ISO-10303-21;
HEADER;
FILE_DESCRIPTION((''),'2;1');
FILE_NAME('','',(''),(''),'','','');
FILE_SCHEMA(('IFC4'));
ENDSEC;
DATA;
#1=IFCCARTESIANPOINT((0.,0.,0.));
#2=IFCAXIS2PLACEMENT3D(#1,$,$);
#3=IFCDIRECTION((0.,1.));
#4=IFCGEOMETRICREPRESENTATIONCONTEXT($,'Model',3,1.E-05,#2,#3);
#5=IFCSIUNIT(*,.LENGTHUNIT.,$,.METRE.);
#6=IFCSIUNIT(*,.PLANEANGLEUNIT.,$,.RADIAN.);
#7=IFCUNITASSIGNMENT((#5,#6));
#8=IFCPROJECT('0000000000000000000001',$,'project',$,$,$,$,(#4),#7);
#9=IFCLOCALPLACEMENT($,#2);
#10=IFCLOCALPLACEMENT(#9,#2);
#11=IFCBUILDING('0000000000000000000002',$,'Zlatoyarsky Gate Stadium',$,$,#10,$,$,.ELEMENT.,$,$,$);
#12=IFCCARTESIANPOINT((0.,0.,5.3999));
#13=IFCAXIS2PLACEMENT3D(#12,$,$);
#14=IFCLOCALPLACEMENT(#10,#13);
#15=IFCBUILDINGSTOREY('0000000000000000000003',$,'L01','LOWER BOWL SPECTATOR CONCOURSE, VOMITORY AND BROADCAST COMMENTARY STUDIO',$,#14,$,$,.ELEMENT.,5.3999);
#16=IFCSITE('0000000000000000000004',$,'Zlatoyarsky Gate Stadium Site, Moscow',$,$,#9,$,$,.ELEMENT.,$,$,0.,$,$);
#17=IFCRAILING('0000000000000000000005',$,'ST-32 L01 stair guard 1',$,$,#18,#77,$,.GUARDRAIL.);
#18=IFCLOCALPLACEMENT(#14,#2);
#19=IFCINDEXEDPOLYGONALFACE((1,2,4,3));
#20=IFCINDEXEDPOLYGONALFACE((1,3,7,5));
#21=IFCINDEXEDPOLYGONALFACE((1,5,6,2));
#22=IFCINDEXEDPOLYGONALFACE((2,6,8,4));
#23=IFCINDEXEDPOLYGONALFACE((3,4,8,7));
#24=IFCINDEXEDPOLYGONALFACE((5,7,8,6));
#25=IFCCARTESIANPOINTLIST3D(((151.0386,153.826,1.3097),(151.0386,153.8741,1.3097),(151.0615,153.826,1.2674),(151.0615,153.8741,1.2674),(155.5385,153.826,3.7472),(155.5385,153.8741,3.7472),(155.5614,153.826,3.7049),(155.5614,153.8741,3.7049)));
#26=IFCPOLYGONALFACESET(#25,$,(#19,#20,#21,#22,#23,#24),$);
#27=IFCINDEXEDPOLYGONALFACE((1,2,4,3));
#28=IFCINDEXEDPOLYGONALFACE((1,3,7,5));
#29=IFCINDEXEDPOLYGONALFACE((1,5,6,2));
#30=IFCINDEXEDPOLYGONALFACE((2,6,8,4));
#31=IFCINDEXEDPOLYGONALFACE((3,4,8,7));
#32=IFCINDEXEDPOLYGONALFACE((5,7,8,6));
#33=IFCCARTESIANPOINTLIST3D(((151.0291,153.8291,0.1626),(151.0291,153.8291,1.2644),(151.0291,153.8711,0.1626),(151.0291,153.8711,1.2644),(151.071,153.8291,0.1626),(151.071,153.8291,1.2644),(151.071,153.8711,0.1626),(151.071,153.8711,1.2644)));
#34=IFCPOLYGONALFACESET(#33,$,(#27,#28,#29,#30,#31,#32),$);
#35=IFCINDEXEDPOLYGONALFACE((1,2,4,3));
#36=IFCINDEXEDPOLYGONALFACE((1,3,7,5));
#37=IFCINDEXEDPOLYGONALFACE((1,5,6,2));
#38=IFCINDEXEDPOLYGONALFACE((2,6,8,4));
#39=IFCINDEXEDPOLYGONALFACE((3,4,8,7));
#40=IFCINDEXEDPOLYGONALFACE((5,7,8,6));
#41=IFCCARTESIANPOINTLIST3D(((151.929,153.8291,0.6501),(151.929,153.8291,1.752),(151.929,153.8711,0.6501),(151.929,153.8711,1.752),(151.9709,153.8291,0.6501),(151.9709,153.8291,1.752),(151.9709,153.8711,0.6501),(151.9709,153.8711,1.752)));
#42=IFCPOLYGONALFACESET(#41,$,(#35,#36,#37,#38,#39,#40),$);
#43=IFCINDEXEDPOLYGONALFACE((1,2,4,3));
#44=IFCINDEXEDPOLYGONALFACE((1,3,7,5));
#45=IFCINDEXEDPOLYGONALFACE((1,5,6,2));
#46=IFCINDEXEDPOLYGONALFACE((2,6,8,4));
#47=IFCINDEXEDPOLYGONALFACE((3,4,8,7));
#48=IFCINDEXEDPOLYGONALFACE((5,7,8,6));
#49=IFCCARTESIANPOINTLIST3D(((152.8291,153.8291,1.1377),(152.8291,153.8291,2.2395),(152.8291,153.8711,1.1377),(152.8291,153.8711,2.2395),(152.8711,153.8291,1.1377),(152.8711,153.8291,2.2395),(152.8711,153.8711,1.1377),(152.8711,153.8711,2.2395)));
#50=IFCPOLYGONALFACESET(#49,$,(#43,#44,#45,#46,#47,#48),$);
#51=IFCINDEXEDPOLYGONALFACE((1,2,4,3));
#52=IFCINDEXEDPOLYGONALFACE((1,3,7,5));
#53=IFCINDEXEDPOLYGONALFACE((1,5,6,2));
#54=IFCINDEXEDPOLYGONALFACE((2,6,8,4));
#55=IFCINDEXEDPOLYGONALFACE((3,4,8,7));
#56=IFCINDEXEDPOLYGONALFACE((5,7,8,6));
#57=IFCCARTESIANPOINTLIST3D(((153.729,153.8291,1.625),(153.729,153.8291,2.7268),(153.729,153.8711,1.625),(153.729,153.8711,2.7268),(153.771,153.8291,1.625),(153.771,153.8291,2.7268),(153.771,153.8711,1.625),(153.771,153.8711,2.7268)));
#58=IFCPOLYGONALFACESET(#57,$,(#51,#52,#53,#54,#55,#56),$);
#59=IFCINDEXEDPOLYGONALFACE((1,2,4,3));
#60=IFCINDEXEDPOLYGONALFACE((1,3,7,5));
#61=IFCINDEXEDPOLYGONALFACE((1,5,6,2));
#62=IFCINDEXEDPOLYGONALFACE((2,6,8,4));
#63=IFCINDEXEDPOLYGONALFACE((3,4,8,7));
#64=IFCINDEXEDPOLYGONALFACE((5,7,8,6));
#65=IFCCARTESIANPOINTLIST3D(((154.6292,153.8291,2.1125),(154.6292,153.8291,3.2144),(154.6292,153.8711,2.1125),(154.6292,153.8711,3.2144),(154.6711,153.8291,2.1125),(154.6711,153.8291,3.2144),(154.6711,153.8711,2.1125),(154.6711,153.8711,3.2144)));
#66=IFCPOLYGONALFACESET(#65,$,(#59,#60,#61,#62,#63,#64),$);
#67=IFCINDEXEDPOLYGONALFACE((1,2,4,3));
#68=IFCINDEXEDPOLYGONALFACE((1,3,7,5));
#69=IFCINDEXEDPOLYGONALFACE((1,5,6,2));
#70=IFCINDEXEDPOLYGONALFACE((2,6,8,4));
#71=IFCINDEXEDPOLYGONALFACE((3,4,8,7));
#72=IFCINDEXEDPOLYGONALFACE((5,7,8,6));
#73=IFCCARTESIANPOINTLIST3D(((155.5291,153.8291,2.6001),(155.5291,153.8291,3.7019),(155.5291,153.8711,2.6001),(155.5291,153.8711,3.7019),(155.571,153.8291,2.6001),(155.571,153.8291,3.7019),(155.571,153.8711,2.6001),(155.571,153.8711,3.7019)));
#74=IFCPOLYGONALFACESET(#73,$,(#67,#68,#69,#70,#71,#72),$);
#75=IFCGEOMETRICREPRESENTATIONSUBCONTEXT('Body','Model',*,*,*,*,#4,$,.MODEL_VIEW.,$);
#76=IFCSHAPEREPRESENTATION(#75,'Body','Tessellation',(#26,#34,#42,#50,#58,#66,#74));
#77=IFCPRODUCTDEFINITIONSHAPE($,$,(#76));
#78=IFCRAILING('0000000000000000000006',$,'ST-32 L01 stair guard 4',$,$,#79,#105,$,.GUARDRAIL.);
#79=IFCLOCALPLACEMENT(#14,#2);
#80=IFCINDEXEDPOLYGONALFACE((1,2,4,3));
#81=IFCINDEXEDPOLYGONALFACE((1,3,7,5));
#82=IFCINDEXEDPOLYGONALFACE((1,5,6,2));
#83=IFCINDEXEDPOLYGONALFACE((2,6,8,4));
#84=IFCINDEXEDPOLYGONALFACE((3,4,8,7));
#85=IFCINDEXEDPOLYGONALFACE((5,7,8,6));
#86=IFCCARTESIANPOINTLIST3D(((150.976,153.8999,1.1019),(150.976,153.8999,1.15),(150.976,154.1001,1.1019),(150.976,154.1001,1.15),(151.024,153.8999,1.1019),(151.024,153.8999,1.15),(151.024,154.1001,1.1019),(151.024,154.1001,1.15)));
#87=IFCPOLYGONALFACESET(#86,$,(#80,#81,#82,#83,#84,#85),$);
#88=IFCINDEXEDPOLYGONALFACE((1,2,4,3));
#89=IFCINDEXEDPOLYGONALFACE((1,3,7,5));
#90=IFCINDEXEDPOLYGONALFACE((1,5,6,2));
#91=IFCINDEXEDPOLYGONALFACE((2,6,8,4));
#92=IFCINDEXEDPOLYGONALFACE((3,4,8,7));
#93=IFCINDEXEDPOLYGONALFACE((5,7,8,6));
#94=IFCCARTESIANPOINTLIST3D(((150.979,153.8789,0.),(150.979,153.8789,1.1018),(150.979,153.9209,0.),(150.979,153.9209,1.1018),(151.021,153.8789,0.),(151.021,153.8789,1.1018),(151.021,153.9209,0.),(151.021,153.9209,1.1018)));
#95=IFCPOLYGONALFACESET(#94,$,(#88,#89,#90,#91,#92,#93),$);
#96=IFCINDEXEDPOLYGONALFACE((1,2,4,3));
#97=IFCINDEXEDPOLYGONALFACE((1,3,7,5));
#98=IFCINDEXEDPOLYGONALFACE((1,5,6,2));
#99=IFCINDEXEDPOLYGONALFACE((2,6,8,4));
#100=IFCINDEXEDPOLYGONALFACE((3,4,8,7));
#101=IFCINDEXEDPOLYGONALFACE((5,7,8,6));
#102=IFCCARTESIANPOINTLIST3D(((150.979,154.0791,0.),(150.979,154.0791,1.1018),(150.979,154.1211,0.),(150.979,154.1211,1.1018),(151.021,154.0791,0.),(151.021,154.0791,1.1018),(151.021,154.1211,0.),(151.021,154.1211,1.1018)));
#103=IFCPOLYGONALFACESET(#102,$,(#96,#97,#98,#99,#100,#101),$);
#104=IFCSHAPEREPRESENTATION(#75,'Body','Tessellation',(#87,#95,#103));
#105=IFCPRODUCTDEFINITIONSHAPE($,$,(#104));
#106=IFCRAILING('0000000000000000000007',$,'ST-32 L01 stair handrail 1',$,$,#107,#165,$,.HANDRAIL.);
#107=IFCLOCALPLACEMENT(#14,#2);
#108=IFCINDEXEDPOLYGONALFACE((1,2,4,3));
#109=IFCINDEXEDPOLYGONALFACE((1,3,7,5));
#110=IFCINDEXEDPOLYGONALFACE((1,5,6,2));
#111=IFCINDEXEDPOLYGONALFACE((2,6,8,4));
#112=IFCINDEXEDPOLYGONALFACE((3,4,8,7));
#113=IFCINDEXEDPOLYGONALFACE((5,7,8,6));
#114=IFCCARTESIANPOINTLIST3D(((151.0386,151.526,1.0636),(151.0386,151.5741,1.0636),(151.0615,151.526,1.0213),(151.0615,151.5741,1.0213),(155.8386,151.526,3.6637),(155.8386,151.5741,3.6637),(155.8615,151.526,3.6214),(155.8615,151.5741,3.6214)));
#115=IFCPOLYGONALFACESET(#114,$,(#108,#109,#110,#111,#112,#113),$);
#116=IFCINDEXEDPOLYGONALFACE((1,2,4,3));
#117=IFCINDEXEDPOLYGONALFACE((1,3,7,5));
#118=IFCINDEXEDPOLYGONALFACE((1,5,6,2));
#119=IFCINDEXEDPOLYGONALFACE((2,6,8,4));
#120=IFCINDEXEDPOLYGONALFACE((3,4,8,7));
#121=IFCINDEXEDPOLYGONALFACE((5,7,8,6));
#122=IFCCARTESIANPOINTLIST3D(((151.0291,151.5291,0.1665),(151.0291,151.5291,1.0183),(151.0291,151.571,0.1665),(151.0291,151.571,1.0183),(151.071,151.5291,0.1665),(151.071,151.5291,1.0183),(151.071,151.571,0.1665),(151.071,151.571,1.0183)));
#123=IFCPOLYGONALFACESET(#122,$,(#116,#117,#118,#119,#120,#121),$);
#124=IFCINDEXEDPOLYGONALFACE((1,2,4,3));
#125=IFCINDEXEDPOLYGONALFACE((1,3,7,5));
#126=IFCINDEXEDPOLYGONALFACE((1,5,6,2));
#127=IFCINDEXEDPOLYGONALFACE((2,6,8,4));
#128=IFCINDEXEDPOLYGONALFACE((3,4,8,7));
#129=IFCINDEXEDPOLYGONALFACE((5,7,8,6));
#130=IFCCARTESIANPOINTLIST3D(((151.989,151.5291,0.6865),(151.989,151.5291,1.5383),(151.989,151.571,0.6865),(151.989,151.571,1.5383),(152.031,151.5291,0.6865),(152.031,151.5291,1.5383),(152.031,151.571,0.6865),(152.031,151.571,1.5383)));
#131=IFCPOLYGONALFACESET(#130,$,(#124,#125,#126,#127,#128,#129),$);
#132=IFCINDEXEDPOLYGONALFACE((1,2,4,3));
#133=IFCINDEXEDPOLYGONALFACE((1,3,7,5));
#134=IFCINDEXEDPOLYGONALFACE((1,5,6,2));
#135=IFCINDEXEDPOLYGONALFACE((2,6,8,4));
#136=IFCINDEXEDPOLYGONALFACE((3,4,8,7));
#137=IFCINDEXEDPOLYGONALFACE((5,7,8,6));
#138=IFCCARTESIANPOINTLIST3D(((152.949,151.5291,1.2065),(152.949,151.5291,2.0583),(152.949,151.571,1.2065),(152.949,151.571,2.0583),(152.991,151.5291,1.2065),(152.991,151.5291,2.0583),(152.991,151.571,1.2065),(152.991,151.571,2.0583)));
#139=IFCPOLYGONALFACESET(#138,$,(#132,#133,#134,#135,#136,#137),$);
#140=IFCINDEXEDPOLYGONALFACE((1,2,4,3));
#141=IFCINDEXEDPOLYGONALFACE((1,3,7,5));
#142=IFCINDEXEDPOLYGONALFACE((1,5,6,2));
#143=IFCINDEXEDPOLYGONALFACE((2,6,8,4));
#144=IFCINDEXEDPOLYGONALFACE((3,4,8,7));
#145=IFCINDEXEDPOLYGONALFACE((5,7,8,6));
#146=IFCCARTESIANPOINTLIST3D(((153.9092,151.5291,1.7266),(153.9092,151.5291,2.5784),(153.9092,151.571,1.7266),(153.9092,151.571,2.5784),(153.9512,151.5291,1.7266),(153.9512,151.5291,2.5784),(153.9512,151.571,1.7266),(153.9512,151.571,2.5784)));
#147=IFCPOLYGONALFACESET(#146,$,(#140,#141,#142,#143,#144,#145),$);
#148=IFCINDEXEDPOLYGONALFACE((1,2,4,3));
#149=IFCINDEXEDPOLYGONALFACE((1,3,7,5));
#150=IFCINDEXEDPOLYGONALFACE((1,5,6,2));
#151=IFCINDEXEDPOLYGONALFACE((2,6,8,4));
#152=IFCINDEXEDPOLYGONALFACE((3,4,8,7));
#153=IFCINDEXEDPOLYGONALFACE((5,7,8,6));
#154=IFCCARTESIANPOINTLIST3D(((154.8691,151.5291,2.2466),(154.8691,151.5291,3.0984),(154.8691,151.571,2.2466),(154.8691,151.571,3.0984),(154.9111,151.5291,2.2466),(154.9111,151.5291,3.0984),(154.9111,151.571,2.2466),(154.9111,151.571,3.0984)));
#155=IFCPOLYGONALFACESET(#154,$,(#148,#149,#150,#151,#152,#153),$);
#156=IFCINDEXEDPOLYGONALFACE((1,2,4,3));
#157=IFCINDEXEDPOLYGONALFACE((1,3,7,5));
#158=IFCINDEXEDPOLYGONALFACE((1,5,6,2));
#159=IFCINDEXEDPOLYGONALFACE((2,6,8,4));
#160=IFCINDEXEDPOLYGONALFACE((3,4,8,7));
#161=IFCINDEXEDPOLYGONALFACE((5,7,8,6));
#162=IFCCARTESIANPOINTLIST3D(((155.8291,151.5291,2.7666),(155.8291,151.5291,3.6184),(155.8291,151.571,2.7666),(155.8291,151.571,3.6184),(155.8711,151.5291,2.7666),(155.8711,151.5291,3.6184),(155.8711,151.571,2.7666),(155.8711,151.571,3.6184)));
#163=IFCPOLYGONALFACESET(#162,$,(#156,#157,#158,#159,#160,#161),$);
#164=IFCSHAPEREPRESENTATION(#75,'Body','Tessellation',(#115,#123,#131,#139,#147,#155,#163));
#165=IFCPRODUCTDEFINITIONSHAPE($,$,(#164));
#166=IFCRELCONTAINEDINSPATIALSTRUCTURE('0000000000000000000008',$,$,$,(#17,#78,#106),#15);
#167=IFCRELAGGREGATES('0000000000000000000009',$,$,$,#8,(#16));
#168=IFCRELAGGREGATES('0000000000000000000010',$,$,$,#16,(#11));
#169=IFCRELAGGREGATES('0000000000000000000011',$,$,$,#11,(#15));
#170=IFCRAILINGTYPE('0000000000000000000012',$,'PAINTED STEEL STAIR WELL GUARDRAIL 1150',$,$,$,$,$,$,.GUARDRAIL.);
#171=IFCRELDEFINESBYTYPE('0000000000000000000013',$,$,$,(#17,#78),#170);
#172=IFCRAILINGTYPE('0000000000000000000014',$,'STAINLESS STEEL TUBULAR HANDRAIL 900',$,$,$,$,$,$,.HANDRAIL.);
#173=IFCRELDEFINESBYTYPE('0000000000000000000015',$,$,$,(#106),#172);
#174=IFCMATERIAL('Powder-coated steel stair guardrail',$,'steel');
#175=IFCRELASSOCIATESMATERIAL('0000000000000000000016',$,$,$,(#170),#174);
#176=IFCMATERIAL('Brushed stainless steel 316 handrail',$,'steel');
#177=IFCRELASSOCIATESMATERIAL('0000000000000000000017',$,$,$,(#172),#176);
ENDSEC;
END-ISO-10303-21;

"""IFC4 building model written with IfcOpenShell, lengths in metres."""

from ifc_helpers import new_model, si_unit, direction, frame, origin, origin_2d, place, context, subcontext, project, spatial, rectangle, extrude, material, type_object, element, save


model = new_model("IFC4")

# Units and contexts
model_context = context("Model", 3, precision=1e-05, world=origin(), true_north=direction((0.0, 1.0)))
body_context = subcontext(model_context, "Body", "Model", "MODEL_VIEW")
ifc_project = project(units=[si_unit("LENGTHUNIT", "METRE"), si_unit("PLANEANGLEUNIT", "RADIAN")], contexts=[model_context])

# Site, building, storey
site_placement = place(None, origin())
site = spatial("IfcSite", under=ifc_project, at=site_placement, Name="Zlatoyarsky Gate Stadium Site, Moscow", CompositionType="ELEMENT", RefElevation=0.0)
building_placement = place(site_placement, origin())
building = spatial("IfcBuilding", under=site, at=building_placement, Name="Zlatoyarsky Gate Stadium", CompositionType="ELEMENT")
storey_placement = place(building_placement, frame((0.0, 0.0, 5.3999)))
storey = spatial("IfcBuildingStorey", under=building, at=storey_placement, Name="L01", Description="LOWER BOWL SPECTATOR CONCOURSE, VOMITORY AND BROADCAST COMMENTARY STUDIO", CompositionType="ELEMENT", Elevation=5.3999)

# Railings
ifc_material_1 = material(Name="Powder-coated steel stair guardrail", Category="steel")
railing_type_1 = type_object("IfcRailingType", Name="PAINTED STEEL STAIR WELL GUARDRAIL 1150", PredefinedType="GUARDRAIL", material=ifc_material_1)
railing_1_placement = place(storey_placement, frame((151.05, 153.8501, 0.1626)))
element("IfcRailing", 1, at=railing_1_placement, inside=storey, type_object=railing_type_1, Name="ST-32 L01 stair guard 1", PredefinedType="GUARDRAIL", context=body_context, shape_type="SweptSolid", body=[
    extrude(rectangle(XDim=0.0481, YDim=0.0481, at=origin_2d()), frame((0.0, 0.0, 1.126), z_axis=(0.879292, 0.0, 0.476283), x_axis=(0.0, 1.0, 0.0)), (0.0, 0.0, 1.0), 5.1177),
    extrude(rectangle(XDim=0.042, YDim=0.042, at=origin_2d()), origin(), (0.0, 0.0, 1.0), 1.1018),
    extrude(rectangle(XDim=0.042, YDim=0.042, at=origin_2d()), frame((0.8999, 0.0, 0.4875)), (0.0, 0.0, 1.0), 1.1018),
    extrude(rectangle(XDim=0.042, YDim=0.042, at=origin_2d()), frame((1.8, 0.0, 0.9751)), (0.0, 0.0, 1.0), 1.1018),
    extrude(rectangle(XDim=0.042, YDim=0.042, at=origin_2d()), frame((2.7, 0.0, 1.4624)), (0.0, 0.0, 1.0), 1.1018),
    extrude(rectangle(XDim=0.042, YDim=0.042, at=origin_2d()), frame((3.6001, 0.0, 1.95)), (0.0, 0.0, 1.0), 1.1018),
    extrude(rectangle(XDim=0.042, YDim=0.042, at=origin_2d()), frame((4.5, 0.0, 2.4375)), (0.0, 0.0, 1.0), 1.1018),
])
railing_2_placement = place(storey_placement, frame((151.0, 153.8999, 0.0)))
element("IfcRailing", 2, at=railing_2_placement, inside=storey, type_object=railing_type_1, Name="ST-32 L01 stair guard 4", PredefinedType="GUARDRAIL", context=body_context, shape_type="SweptSolid", body=[
    extrude(rectangle(XDim=0.0481, YDim=0.0481, at=origin_2d()), frame((0.0, 0.0, 1.126), z_axis=(0.0, 1.0, 0.0), x_axis=(-1.0, 0.0, 0.0)), (0.0, 0.0, 1.0), 0.2002),
    extrude(rectangle(XDim=0.042, YDim=0.042, at=origin_2d()), origin(), (0.0, 0.0, 1.0), 1.1018),
    extrude(rectangle(XDim=0.042, YDim=0.042, at=origin_2d()), frame((0.0, 0.2002, 0.0)), (0.0, 0.0, 1.0), 1.1018),
])
ifc_material_2 = material(Name="Brushed stainless steel 316 handrail", Category="steel")
railing_type_2 = type_object("IfcRailingType", Name="STAINLESS STEEL TUBULAR HANDRAIL 900", PredefinedType="HANDRAIL", material=ifc_material_2)
railing_3_placement = place(storey_placement, frame((151.05, 151.55, 0.1665)))
element("IfcRailing", 3, at=railing_3_placement, inside=storey, type_object=railing_type_2, Name="ST-32 L01 stair handrail 1", PredefinedType="HANDRAIL", context=body_context, shape_type="SweptSolid", body=[
    extrude(rectangle(XDim=0.0481, YDim=0.0481, at=origin_2d()), frame((0.0, 0.0, 0.876), z_axis=(0.879287, 0.0, 0.476293), x_axis=(0.0, 1.0, 0.0)), (0.0, 0.0, 1.0), 5.459),
    extrude(rectangle(XDim=0.042, YDim=0.042, at=origin_2d()), origin(), (0.0, 0.0, 1.0), 0.8518),
    extrude(rectangle(XDim=0.042, YDim=0.042, at=origin_2d()), frame((0.96, 0.0, 0.52)), (0.0, 0.0, 1.0), 0.8518),
    extrude(rectangle(XDim=0.042, YDim=0.042, at=origin_2d()), frame((1.9199, 0.0, 1.04)), (0.0, 0.0, 1.0), 0.8518),
    extrude(rectangle(XDim=0.042, YDim=0.042, at=origin_2d()), frame((2.8801, 0.0, 1.5601)), (0.0, 0.0, 1.0), 0.8518),
    extrude(rectangle(XDim=0.042, YDim=0.042, at=origin_2d()), frame((3.8401, 0.0, 2.0801)), (0.0, 0.0, 1.0), 0.8518),
    extrude(rectangle(XDim=0.042, YDim=0.042, at=origin_2d()), frame((4.8, 0.0, 2.6001)), (0.0, 0.0, 1.0), 0.8518),
])

save(model, "model.ifc")
